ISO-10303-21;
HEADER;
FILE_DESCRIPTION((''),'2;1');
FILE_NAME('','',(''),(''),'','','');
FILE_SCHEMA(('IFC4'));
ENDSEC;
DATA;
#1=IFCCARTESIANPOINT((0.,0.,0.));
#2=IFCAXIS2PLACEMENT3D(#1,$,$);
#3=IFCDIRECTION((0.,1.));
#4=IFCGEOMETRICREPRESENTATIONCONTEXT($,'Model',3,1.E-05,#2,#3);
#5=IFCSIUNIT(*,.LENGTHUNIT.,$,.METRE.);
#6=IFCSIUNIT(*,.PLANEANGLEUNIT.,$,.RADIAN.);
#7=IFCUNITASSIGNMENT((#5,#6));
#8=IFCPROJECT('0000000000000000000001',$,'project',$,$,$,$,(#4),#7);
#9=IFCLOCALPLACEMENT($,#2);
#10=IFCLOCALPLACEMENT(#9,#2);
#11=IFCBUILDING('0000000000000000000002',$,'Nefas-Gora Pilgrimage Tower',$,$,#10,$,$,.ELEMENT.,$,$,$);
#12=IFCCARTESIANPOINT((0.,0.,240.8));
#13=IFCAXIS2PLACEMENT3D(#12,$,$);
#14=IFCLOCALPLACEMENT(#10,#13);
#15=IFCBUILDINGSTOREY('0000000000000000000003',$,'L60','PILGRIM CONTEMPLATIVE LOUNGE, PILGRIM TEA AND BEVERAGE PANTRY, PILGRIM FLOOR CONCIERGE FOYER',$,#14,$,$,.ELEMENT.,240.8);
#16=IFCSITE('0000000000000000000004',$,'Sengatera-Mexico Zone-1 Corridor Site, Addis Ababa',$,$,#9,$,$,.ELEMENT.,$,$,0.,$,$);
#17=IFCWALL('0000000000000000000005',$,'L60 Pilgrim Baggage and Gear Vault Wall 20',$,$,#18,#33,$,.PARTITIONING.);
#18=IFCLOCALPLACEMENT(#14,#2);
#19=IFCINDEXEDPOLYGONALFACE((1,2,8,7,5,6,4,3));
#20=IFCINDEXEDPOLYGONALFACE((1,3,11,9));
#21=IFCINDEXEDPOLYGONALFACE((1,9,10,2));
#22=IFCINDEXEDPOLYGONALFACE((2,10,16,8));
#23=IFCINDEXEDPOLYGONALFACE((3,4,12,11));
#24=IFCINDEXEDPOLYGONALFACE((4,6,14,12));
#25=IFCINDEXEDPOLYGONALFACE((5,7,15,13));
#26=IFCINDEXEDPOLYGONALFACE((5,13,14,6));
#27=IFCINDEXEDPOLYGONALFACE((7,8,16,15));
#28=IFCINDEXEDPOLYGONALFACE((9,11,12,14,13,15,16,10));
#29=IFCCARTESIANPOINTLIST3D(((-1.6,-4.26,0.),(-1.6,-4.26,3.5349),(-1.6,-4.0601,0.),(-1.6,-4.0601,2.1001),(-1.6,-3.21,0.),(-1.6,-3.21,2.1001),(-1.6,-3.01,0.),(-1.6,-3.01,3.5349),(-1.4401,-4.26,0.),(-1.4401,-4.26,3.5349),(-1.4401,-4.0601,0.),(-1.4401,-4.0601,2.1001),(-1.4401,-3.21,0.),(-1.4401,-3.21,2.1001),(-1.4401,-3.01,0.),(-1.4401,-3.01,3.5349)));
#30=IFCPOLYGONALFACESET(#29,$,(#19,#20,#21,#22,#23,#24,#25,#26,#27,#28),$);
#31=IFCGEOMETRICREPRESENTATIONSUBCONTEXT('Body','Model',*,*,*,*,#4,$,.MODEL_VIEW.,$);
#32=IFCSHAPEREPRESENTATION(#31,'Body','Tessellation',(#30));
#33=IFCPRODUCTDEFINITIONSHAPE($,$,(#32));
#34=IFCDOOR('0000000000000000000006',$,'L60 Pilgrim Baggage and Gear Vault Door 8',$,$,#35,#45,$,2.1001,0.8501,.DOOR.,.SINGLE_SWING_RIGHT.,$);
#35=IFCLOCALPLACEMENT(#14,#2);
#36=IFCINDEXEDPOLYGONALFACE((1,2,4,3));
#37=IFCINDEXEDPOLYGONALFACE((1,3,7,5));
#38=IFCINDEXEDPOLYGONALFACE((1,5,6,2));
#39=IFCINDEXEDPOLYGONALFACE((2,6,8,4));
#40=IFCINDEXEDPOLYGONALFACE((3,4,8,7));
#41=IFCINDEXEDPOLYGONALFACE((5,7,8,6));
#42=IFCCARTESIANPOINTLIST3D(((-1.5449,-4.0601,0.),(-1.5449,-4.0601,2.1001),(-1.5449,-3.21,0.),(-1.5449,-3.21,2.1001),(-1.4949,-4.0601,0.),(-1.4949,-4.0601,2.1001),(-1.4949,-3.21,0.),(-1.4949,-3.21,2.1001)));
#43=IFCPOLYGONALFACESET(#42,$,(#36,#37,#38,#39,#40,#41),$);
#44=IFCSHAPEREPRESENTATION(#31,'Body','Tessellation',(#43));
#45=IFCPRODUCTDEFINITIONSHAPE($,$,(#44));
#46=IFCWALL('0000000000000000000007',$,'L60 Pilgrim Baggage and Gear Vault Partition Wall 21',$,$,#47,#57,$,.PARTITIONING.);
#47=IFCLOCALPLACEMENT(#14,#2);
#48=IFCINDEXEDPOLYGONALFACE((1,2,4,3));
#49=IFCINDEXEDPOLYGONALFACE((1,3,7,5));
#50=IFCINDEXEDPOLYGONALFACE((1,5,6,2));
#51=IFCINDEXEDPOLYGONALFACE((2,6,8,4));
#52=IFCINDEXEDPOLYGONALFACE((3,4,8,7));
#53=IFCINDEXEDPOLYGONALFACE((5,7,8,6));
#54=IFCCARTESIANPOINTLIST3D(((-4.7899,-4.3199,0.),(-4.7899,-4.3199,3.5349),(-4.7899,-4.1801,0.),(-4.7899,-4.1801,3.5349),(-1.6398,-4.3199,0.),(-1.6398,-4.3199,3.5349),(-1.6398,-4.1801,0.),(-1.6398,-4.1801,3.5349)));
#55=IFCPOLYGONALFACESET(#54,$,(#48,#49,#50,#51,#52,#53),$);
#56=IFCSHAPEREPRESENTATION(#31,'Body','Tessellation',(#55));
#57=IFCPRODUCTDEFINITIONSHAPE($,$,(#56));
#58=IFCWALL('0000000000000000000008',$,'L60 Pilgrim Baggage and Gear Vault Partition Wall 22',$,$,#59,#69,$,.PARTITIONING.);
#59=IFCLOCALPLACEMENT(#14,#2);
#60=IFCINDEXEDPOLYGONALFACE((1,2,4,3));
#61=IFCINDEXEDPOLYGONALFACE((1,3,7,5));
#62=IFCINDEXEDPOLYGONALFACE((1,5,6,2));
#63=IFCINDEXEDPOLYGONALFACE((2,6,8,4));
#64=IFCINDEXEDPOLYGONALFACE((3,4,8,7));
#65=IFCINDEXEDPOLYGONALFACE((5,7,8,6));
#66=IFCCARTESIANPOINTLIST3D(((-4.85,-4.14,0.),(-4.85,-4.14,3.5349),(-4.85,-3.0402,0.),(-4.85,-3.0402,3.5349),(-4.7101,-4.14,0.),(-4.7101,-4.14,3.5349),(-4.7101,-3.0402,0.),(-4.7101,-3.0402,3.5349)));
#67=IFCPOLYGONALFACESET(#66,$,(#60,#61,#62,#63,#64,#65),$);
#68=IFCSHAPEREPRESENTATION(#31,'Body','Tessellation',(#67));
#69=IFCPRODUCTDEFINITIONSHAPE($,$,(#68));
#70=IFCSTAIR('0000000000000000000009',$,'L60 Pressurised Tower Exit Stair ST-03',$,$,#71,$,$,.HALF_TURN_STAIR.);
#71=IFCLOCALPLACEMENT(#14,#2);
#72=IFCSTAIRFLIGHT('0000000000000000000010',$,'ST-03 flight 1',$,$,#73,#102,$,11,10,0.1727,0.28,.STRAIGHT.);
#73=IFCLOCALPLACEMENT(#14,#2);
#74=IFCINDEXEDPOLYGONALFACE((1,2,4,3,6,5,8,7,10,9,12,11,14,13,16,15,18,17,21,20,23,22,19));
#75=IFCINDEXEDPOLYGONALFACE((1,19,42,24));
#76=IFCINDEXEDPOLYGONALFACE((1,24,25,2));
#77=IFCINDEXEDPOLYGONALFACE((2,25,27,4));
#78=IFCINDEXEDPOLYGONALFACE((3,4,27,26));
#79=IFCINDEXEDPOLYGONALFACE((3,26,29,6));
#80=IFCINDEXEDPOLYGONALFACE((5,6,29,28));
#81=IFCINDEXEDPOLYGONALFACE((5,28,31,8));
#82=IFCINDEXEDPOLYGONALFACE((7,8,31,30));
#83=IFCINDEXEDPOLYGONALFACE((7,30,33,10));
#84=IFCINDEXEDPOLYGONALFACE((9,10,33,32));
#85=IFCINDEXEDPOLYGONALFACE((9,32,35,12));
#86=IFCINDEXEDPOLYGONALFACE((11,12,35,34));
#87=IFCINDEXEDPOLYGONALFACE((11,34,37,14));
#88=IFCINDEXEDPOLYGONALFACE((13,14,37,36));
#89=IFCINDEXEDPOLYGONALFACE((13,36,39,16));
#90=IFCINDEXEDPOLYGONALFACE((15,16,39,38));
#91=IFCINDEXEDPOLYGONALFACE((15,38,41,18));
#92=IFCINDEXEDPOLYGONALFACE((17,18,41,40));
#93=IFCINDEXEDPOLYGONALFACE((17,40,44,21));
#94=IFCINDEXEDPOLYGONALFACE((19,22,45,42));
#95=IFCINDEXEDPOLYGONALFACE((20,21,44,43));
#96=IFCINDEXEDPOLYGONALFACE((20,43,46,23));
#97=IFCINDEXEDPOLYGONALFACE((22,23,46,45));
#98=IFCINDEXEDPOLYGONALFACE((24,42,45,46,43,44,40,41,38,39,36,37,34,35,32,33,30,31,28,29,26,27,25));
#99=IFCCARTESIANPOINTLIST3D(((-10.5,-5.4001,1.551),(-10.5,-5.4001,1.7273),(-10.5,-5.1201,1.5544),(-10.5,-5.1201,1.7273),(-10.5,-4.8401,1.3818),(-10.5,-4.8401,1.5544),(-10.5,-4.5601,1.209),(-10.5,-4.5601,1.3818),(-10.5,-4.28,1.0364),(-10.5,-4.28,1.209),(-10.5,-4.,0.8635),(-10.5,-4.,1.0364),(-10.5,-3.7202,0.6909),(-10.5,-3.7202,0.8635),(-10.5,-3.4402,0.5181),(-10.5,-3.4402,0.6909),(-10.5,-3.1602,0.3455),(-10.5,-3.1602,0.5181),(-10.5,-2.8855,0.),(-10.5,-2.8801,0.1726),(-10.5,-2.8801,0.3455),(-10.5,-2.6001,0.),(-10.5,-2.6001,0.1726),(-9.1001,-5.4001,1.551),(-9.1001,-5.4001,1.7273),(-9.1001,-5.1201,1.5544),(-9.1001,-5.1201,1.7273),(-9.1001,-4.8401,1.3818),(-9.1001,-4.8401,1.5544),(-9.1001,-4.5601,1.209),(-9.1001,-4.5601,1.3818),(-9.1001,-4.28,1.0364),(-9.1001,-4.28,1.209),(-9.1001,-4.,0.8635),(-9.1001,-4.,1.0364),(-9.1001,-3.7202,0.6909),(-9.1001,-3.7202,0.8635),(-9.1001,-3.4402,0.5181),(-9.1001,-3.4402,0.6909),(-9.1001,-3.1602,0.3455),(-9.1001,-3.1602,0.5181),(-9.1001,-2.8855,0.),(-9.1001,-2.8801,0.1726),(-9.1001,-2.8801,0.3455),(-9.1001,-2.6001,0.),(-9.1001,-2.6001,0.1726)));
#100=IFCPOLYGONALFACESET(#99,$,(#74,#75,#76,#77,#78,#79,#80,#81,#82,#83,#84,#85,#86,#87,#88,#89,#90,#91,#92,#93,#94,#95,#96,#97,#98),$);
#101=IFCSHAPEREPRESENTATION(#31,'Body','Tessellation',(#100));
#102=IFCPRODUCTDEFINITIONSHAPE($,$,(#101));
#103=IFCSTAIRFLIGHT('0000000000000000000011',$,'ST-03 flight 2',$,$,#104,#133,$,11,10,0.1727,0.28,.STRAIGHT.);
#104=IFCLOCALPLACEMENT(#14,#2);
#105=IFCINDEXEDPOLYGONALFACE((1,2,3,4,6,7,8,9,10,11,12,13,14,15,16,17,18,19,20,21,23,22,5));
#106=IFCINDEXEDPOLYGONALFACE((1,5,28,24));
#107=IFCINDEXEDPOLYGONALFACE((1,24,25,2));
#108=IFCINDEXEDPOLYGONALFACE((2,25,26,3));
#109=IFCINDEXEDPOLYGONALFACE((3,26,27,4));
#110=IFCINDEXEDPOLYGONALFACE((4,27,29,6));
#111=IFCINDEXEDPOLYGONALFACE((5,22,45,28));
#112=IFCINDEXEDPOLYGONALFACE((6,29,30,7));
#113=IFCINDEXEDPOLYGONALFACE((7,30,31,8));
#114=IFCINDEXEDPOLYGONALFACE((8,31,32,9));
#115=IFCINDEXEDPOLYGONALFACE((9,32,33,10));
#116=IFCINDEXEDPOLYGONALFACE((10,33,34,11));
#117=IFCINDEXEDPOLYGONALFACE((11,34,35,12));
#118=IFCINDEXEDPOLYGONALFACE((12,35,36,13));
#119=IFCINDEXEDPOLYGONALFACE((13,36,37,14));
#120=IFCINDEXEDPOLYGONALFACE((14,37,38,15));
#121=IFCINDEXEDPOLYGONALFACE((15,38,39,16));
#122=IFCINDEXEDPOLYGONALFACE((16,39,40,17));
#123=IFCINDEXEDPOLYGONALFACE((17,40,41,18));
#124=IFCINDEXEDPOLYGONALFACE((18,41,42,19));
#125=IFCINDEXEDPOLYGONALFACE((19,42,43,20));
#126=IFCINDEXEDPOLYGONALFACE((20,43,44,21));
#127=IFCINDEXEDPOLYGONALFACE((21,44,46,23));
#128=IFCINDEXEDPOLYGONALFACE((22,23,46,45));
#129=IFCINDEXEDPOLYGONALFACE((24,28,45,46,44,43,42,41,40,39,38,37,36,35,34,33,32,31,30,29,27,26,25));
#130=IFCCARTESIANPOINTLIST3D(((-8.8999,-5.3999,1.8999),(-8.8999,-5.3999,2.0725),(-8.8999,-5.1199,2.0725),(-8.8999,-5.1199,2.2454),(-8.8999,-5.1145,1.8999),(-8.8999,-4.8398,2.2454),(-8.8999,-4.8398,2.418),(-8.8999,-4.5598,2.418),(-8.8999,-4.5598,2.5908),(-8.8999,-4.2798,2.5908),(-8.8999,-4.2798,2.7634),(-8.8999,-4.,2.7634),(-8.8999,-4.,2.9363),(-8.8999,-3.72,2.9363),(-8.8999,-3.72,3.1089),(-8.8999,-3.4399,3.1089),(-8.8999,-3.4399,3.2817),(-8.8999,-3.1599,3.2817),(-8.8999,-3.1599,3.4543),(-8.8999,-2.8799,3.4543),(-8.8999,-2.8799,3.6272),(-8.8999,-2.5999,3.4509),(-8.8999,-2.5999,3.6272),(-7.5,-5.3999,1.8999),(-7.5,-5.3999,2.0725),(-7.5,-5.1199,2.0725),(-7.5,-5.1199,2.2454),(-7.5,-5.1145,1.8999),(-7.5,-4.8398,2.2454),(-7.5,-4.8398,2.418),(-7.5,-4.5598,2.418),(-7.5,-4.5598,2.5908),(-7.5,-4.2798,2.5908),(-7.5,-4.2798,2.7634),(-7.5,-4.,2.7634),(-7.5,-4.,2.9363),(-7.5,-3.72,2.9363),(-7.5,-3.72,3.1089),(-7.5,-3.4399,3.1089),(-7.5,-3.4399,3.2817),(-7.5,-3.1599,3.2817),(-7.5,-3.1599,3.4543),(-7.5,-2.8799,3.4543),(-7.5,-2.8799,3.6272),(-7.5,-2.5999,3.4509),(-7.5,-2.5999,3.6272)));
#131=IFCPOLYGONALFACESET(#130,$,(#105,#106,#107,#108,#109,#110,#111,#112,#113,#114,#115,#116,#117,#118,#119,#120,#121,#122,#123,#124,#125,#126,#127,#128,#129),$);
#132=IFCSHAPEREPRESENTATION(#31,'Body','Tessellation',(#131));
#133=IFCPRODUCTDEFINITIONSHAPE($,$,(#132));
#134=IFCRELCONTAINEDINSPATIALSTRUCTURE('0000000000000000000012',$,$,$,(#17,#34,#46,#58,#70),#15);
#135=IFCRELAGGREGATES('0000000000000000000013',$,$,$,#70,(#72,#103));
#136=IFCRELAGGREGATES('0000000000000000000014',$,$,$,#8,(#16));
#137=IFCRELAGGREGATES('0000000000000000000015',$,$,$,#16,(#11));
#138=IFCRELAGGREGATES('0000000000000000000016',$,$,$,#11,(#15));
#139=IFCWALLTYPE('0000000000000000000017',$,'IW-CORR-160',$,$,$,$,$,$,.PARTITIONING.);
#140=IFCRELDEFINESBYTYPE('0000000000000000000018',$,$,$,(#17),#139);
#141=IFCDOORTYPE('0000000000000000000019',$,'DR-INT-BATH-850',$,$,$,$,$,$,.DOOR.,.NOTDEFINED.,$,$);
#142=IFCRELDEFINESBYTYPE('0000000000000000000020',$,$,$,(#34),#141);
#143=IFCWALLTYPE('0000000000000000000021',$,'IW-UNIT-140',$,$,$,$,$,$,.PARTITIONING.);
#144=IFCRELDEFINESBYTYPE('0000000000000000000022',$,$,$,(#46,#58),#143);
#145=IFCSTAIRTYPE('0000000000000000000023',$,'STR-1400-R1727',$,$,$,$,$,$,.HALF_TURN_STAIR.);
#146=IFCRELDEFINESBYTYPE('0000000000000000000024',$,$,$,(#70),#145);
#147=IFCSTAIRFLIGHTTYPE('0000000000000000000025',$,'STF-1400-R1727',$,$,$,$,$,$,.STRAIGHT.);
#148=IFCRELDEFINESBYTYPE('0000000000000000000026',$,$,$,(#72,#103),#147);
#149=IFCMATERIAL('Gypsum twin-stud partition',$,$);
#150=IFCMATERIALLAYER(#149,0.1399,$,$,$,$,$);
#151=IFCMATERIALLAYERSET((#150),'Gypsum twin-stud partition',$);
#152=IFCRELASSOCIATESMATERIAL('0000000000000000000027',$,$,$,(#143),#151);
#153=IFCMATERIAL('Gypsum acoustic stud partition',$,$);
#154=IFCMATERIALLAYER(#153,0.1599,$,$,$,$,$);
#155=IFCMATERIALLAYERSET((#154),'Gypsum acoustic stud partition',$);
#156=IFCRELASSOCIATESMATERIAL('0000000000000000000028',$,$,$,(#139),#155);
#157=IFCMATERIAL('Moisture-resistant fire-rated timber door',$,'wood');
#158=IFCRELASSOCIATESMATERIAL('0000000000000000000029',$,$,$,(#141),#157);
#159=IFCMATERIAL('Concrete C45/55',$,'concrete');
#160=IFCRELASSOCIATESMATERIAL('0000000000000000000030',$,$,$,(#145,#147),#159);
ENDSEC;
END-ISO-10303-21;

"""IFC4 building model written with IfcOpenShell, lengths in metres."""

from ifc_helpers import new_model, si_unit, direction, frame, frame_2d, origin, place, context, subcontext, project, spatial, polyline, rectangle, outline, extrude, source, transform, mapped, material, layer, layer_set, type_object, element, fill, aggregate, save


model = new_model("IFC4")

# Units and contexts
model_context = context("Model", 3, precision=1e-05, world=origin(), true_north=direction((0.0, 1.0)))
body_context = subcontext(model_context, "Body", "Model", "MODEL_VIEW")
ifc_project = project(units=[si_unit("LENGTHUNIT", "METRE"), si_unit("PLANEANGLEUNIT", "RADIAN")], contexts=[model_context])

# Site, building, storey
site_placement = place(None, origin())
site = spatial("IfcSite", under=ifc_project, at=site_placement, Name="Sengatera-Mexico Zone-1 Corridor Site, Addis Ababa", CompositionType="ELEMENT", RefElevation=0.0)
building_placement = place(site_placement, origin())
building = spatial("IfcBuilding", under=site, at=building_placement, Name="Nefas-Gora Pilgrimage Tower", CompositionType="ELEMENT")
storey_placement = place(building_placement, frame((0.0, 0.0, 240.8)))
storey = spatial("IfcBuildingStorey", under=building, at=storey_placement, Name="L60", Description="PILGRIM CONTEMPLATIVE LOUNGE, PILGRIM TEA AND BEVERAGE PANTRY, PILGRIM FLOOR CONCIERGE FOYER", CompositionType="ELEMENT", Elevation=240.8)

# Shared definitions
ifc_material_1 = material(Name="Concrete C45/55", Category="concrete")

# Shared definitions
ifc_material_2 = material(Name="Gypsum twin-stud partition")
ifc_layer_1 = layer(ifc_material_2, 0.1399)
ifc_layer_set_1 = layer_set([ifc_layer_1], Name="Gypsum twin-stud partition")
wall_type_1 = type_object("IfcWallType", Name="IW-UNIT-140", PredefinedType="PARTITIONING", material=ifc_layer_set_1)
ifc_material_3 = material(Name="Gypsum acoustic stud partition")
ifc_layer_2 = layer(ifc_material_3, 0.1599)
ifc_layer_set_2 = layer_set([ifc_layer_2], Name="Gypsum acoustic stud partition")
wall_type_2 = type_object("IfcWallType", Name="IW-CORR-160", PredefinedType="PARTITIONING", material=ifc_layer_set_2)

# Wall, opening, door
shared_shape_1 = source(origin(), body_context, "Body", "SweptSolid", [
    extrude(rectangle(XDim=1.25, YDim=0.1599, at=frame_2d((0.625, 0.0))), origin(), (0.0, 0.0, 1.0), 3.5349),
])
wall_1_placement = place(storey_placement, frame((-1.52, -4.26, 0.0), z_axis=(0.0, 0.0, 1.0), x_axis=(0.0, 1.0, 0.0)))
wall_1 = element("IfcWall", 1, at=wall_1_placement, inside=storey, type_object=wall_type_2, Name="L60 Pilgrim Baggage and Gear Vault Wall 20", PredefinedType="PARTITIONING", context=body_context, shape_type="MappedRepresentation", body=[
    mapped(shared_shape_1, transform((0.0, 0.0, 0.0), x_axis=(1.0, 0.0, 0.0), y_axis=(0.0, 1.0, 0.0), z_axis=(0.0, 0.0, 1.0), scale=1.0)),
])
opening_1_placement = place(wall_1_placement, frame((0.2, 0.0, 0.0)))
opening_1 = element("IfcOpeningElement", 2, at=opening_1_placement, cuts=wall_1, PredefinedType="OPENING", context=body_context, shape_type="SweptSolid", body=[
    extrude(rectangle(XDim=0.8501, YDim=2.1001, at=frame_2d((0.425, 1.05))), frame((0.0, 0.0898, 0.0), z_axis=(0.0, -1.0, 0.0), x_axis=(1.0, 0.0, 0.0)), (0.0, 0.0, 1.0), 0.1799),
])
ifc_material_4 = material(Name="Moisture-resistant fire-rated timber door", Category="wood")
door_type_1 = type_object("IfcDoorType", Name="DR-INT-BATH-850", OperationType="NOTDEFINED", PredefinedType="DOOR", material=ifc_material_4)
shared_shape_2 = source(origin(), body_context, "Body", "SweptSolid", [
    extrude(rectangle(XDim=0.8501, YDim=2.1001, at=frame_2d((0.425, 1.05))), frame((0.0, 0.0249, 0.0), z_axis=(0.0, -1.0, 0.0), x_axis=(1.0, 0.0, 0.0)), (0.0, 0.0, 1.0), 0.05),
])
door_1_placement = place(opening_1_placement, origin())
door_1 = element("IfcDoor", 3, at=door_1_placement, inside=storey, type_object=door_type_1, Name="L60 Pilgrim Baggage and Gear Vault Door 8", OperationType="SINGLE_SWING_RIGHT", OverallHeight=2.1001, OverallWidth=0.8501, PredefinedType="DOOR", context=body_context, shape_type="MappedRepresentation", body=[
    mapped(shared_shape_2, transform((0.0, 0.0, 0.0), x_axis=(1.0, 0.0, 0.0), y_axis=(0.0, 1.0, 0.0), z_axis=(0.0, 0.0, 1.0), scale=1.0)),
])
fill(opening_1, door_1)

# Walls
shared_shape_3 = source(origin(), body_context, "Body", "SweptSolid", [
    extrude(rectangle(XDim=3.1501, YDim=0.1399, at=frame_2d((1.5752, 0.0))), origin(), (0.0, 0.0, 1.0), 3.5349),
])
wall_2_placement = place(storey_placement, frame((-4.79, -4.25, 0.0), z_axis=(0.0, 0.0, 1.0), x_axis=(1.0, 0.0, 0.0)))
element("IfcWall", 4, at=wall_2_placement, inside=storey, type_object=wall_type_1, Name="L60 Pilgrim Baggage and Gear Vault Partition Wall 21", PredefinedType="PARTITIONING", context=body_context, shape_type="MappedRepresentation", body=[
    mapped(shared_shape_3, transform((0.0, 0.0, 0.0), x_axis=(1.0, 0.0, 0.0), y_axis=(0.0, 1.0, 0.0), z_axis=(0.0, 0.0, 1.0), scale=1.0)),
])
shared_shape_4 = source(origin(), body_context, "Body", "SweptSolid", [
    extrude(rectangle(XDim=1.0999, YDim=0.1399, at=frame_2d((0.5498, 0.0))), origin(), (0.0, 0.0, 1.0), 3.5349),
])
wall_3_placement = place(storey_placement, frame((-4.78, -4.1399, 0.0), z_axis=(0.0, 0.0, 1.0), x_axis=(0.0, 1.0, 0.0)))
element("IfcWall", 5, at=wall_3_placement, inside=storey, type_object=wall_type_1, Name="L60 Pilgrim Baggage and Gear Vault Partition Wall 22", PredefinedType="PARTITIONING", context=body_context, shape_type="MappedRepresentation", body=[
    mapped(shared_shape_4, transform((0.0, 0.0, 0.0), x_axis=(1.0, 0.0, 0.0), y_axis=(0.0, 1.0, 0.0), z_axis=(0.0, 0.0, 1.0), scale=1.0)),
])

# Stair, stair flights
stair_type = type_object("IfcStairType", Name="STR-1400-R1727", PredefinedType="HALF_TURN_STAIR", material=ifc_material_1)
stair_placement = place(storey_placement, origin())
stair = element("IfcStair", 6, at=stair_placement, inside=storey, type_object=stair_type, Name="L60 Pressurised Tower Exit Stair ST-03", PredefinedType="HALF_TURN_STAIR")
stair_flight_type = type_object("IfcStairFlightType", Name="STF-1400-R1727", PredefinedType="STRAIGHT", material=ifc_material_1)
shared_shape_5 = source(origin(), body_context, "Body", "SweptSolid", [
    extrude(outline(polyline([(0.0, 0.0), (0.0, 0.1726), (0.28, 0.1726), (0.28, 0.3455), (0.5601, 0.3455), (0.5601, 0.5181), (0.8401, 0.5181), (0.8401, 0.6909), (1.1201, 0.6909), (1.1201, 0.8635), (1.3999, 0.8635), (1.3999, 1.0364), (1.6799, 1.0364), (1.6799, 1.209), (1.96, 1.209), (1.96, 1.3818), (2.24, 1.3818), (2.24, 1.5544), (2.52, 1.5544), (2.52, 1.7273), (2.8, 1.7273), (2.8, 1.8999), (2.8, 1.551), (0.2854, 0.0), (0.0, 0.0)])), frame((0.0, 0.7, 0.0), z_axis=(0.0, -1.0, 0.0), x_axis=(1.0, 0.0, 0.0)), (0.0, 0.0, 1.0), 1.3999),
])
stair_flight_1_placement = place(storey_placement, frame((-9.8, -2.6001, 0.0), z_axis=(0.0, 0.0, 1.0), x_axis=(0.0, -1.0, 0.0)))
stair_flight_1 = element("IfcStairFlight", 7, at=stair_flight_1_placement, type_object=stair_flight_type, Name="ST-03 flight 1", NumberOfRisers=11, NumberOfTreads=10, PredefinedType="STRAIGHT", RiserHeight=0.1727, TreadLength=0.28, context=body_context, shape_type="MappedRepresentation", body=[
    mapped(shared_shape_5, transform((0.0, 0.0, 0.0), x_axis=(1.0, 0.0, 0.0), y_axis=(0.0, 1.0, 0.0), z_axis=(0.0, 0.0, 1.0), scale=1.0)),
])
stair_flight_2_placement = place(storey_placement, frame((-8.2, -5.3999, 1.8999), z_axis=(0.0, 0.0, 1.0), x_axis=(0.0, 1.0, 0.0)))
stair_flight_2 = element("IfcStairFlight", 8, at=stair_flight_2_placement, type_object=stair_flight_type, Name="ST-03 flight 2", NumberOfRisers=11, NumberOfTreads=10, PredefinedType="STRAIGHT", RiserHeight=0.1727, TreadLength=0.28, context=body_context, shape_type="MappedRepresentation", body=[
    mapped(shared_shape_5, transform((0.0, 0.0, 0.0), x_axis=(1.0, 0.0, 0.0), y_axis=(0.0, 1.0, 0.0), z_axis=(0.0, 0.0, 1.0), scale=1.0)),
])
aggregate(stair, [stair_flight_1, stair_flight_2])

save(model, "model.ifc")
